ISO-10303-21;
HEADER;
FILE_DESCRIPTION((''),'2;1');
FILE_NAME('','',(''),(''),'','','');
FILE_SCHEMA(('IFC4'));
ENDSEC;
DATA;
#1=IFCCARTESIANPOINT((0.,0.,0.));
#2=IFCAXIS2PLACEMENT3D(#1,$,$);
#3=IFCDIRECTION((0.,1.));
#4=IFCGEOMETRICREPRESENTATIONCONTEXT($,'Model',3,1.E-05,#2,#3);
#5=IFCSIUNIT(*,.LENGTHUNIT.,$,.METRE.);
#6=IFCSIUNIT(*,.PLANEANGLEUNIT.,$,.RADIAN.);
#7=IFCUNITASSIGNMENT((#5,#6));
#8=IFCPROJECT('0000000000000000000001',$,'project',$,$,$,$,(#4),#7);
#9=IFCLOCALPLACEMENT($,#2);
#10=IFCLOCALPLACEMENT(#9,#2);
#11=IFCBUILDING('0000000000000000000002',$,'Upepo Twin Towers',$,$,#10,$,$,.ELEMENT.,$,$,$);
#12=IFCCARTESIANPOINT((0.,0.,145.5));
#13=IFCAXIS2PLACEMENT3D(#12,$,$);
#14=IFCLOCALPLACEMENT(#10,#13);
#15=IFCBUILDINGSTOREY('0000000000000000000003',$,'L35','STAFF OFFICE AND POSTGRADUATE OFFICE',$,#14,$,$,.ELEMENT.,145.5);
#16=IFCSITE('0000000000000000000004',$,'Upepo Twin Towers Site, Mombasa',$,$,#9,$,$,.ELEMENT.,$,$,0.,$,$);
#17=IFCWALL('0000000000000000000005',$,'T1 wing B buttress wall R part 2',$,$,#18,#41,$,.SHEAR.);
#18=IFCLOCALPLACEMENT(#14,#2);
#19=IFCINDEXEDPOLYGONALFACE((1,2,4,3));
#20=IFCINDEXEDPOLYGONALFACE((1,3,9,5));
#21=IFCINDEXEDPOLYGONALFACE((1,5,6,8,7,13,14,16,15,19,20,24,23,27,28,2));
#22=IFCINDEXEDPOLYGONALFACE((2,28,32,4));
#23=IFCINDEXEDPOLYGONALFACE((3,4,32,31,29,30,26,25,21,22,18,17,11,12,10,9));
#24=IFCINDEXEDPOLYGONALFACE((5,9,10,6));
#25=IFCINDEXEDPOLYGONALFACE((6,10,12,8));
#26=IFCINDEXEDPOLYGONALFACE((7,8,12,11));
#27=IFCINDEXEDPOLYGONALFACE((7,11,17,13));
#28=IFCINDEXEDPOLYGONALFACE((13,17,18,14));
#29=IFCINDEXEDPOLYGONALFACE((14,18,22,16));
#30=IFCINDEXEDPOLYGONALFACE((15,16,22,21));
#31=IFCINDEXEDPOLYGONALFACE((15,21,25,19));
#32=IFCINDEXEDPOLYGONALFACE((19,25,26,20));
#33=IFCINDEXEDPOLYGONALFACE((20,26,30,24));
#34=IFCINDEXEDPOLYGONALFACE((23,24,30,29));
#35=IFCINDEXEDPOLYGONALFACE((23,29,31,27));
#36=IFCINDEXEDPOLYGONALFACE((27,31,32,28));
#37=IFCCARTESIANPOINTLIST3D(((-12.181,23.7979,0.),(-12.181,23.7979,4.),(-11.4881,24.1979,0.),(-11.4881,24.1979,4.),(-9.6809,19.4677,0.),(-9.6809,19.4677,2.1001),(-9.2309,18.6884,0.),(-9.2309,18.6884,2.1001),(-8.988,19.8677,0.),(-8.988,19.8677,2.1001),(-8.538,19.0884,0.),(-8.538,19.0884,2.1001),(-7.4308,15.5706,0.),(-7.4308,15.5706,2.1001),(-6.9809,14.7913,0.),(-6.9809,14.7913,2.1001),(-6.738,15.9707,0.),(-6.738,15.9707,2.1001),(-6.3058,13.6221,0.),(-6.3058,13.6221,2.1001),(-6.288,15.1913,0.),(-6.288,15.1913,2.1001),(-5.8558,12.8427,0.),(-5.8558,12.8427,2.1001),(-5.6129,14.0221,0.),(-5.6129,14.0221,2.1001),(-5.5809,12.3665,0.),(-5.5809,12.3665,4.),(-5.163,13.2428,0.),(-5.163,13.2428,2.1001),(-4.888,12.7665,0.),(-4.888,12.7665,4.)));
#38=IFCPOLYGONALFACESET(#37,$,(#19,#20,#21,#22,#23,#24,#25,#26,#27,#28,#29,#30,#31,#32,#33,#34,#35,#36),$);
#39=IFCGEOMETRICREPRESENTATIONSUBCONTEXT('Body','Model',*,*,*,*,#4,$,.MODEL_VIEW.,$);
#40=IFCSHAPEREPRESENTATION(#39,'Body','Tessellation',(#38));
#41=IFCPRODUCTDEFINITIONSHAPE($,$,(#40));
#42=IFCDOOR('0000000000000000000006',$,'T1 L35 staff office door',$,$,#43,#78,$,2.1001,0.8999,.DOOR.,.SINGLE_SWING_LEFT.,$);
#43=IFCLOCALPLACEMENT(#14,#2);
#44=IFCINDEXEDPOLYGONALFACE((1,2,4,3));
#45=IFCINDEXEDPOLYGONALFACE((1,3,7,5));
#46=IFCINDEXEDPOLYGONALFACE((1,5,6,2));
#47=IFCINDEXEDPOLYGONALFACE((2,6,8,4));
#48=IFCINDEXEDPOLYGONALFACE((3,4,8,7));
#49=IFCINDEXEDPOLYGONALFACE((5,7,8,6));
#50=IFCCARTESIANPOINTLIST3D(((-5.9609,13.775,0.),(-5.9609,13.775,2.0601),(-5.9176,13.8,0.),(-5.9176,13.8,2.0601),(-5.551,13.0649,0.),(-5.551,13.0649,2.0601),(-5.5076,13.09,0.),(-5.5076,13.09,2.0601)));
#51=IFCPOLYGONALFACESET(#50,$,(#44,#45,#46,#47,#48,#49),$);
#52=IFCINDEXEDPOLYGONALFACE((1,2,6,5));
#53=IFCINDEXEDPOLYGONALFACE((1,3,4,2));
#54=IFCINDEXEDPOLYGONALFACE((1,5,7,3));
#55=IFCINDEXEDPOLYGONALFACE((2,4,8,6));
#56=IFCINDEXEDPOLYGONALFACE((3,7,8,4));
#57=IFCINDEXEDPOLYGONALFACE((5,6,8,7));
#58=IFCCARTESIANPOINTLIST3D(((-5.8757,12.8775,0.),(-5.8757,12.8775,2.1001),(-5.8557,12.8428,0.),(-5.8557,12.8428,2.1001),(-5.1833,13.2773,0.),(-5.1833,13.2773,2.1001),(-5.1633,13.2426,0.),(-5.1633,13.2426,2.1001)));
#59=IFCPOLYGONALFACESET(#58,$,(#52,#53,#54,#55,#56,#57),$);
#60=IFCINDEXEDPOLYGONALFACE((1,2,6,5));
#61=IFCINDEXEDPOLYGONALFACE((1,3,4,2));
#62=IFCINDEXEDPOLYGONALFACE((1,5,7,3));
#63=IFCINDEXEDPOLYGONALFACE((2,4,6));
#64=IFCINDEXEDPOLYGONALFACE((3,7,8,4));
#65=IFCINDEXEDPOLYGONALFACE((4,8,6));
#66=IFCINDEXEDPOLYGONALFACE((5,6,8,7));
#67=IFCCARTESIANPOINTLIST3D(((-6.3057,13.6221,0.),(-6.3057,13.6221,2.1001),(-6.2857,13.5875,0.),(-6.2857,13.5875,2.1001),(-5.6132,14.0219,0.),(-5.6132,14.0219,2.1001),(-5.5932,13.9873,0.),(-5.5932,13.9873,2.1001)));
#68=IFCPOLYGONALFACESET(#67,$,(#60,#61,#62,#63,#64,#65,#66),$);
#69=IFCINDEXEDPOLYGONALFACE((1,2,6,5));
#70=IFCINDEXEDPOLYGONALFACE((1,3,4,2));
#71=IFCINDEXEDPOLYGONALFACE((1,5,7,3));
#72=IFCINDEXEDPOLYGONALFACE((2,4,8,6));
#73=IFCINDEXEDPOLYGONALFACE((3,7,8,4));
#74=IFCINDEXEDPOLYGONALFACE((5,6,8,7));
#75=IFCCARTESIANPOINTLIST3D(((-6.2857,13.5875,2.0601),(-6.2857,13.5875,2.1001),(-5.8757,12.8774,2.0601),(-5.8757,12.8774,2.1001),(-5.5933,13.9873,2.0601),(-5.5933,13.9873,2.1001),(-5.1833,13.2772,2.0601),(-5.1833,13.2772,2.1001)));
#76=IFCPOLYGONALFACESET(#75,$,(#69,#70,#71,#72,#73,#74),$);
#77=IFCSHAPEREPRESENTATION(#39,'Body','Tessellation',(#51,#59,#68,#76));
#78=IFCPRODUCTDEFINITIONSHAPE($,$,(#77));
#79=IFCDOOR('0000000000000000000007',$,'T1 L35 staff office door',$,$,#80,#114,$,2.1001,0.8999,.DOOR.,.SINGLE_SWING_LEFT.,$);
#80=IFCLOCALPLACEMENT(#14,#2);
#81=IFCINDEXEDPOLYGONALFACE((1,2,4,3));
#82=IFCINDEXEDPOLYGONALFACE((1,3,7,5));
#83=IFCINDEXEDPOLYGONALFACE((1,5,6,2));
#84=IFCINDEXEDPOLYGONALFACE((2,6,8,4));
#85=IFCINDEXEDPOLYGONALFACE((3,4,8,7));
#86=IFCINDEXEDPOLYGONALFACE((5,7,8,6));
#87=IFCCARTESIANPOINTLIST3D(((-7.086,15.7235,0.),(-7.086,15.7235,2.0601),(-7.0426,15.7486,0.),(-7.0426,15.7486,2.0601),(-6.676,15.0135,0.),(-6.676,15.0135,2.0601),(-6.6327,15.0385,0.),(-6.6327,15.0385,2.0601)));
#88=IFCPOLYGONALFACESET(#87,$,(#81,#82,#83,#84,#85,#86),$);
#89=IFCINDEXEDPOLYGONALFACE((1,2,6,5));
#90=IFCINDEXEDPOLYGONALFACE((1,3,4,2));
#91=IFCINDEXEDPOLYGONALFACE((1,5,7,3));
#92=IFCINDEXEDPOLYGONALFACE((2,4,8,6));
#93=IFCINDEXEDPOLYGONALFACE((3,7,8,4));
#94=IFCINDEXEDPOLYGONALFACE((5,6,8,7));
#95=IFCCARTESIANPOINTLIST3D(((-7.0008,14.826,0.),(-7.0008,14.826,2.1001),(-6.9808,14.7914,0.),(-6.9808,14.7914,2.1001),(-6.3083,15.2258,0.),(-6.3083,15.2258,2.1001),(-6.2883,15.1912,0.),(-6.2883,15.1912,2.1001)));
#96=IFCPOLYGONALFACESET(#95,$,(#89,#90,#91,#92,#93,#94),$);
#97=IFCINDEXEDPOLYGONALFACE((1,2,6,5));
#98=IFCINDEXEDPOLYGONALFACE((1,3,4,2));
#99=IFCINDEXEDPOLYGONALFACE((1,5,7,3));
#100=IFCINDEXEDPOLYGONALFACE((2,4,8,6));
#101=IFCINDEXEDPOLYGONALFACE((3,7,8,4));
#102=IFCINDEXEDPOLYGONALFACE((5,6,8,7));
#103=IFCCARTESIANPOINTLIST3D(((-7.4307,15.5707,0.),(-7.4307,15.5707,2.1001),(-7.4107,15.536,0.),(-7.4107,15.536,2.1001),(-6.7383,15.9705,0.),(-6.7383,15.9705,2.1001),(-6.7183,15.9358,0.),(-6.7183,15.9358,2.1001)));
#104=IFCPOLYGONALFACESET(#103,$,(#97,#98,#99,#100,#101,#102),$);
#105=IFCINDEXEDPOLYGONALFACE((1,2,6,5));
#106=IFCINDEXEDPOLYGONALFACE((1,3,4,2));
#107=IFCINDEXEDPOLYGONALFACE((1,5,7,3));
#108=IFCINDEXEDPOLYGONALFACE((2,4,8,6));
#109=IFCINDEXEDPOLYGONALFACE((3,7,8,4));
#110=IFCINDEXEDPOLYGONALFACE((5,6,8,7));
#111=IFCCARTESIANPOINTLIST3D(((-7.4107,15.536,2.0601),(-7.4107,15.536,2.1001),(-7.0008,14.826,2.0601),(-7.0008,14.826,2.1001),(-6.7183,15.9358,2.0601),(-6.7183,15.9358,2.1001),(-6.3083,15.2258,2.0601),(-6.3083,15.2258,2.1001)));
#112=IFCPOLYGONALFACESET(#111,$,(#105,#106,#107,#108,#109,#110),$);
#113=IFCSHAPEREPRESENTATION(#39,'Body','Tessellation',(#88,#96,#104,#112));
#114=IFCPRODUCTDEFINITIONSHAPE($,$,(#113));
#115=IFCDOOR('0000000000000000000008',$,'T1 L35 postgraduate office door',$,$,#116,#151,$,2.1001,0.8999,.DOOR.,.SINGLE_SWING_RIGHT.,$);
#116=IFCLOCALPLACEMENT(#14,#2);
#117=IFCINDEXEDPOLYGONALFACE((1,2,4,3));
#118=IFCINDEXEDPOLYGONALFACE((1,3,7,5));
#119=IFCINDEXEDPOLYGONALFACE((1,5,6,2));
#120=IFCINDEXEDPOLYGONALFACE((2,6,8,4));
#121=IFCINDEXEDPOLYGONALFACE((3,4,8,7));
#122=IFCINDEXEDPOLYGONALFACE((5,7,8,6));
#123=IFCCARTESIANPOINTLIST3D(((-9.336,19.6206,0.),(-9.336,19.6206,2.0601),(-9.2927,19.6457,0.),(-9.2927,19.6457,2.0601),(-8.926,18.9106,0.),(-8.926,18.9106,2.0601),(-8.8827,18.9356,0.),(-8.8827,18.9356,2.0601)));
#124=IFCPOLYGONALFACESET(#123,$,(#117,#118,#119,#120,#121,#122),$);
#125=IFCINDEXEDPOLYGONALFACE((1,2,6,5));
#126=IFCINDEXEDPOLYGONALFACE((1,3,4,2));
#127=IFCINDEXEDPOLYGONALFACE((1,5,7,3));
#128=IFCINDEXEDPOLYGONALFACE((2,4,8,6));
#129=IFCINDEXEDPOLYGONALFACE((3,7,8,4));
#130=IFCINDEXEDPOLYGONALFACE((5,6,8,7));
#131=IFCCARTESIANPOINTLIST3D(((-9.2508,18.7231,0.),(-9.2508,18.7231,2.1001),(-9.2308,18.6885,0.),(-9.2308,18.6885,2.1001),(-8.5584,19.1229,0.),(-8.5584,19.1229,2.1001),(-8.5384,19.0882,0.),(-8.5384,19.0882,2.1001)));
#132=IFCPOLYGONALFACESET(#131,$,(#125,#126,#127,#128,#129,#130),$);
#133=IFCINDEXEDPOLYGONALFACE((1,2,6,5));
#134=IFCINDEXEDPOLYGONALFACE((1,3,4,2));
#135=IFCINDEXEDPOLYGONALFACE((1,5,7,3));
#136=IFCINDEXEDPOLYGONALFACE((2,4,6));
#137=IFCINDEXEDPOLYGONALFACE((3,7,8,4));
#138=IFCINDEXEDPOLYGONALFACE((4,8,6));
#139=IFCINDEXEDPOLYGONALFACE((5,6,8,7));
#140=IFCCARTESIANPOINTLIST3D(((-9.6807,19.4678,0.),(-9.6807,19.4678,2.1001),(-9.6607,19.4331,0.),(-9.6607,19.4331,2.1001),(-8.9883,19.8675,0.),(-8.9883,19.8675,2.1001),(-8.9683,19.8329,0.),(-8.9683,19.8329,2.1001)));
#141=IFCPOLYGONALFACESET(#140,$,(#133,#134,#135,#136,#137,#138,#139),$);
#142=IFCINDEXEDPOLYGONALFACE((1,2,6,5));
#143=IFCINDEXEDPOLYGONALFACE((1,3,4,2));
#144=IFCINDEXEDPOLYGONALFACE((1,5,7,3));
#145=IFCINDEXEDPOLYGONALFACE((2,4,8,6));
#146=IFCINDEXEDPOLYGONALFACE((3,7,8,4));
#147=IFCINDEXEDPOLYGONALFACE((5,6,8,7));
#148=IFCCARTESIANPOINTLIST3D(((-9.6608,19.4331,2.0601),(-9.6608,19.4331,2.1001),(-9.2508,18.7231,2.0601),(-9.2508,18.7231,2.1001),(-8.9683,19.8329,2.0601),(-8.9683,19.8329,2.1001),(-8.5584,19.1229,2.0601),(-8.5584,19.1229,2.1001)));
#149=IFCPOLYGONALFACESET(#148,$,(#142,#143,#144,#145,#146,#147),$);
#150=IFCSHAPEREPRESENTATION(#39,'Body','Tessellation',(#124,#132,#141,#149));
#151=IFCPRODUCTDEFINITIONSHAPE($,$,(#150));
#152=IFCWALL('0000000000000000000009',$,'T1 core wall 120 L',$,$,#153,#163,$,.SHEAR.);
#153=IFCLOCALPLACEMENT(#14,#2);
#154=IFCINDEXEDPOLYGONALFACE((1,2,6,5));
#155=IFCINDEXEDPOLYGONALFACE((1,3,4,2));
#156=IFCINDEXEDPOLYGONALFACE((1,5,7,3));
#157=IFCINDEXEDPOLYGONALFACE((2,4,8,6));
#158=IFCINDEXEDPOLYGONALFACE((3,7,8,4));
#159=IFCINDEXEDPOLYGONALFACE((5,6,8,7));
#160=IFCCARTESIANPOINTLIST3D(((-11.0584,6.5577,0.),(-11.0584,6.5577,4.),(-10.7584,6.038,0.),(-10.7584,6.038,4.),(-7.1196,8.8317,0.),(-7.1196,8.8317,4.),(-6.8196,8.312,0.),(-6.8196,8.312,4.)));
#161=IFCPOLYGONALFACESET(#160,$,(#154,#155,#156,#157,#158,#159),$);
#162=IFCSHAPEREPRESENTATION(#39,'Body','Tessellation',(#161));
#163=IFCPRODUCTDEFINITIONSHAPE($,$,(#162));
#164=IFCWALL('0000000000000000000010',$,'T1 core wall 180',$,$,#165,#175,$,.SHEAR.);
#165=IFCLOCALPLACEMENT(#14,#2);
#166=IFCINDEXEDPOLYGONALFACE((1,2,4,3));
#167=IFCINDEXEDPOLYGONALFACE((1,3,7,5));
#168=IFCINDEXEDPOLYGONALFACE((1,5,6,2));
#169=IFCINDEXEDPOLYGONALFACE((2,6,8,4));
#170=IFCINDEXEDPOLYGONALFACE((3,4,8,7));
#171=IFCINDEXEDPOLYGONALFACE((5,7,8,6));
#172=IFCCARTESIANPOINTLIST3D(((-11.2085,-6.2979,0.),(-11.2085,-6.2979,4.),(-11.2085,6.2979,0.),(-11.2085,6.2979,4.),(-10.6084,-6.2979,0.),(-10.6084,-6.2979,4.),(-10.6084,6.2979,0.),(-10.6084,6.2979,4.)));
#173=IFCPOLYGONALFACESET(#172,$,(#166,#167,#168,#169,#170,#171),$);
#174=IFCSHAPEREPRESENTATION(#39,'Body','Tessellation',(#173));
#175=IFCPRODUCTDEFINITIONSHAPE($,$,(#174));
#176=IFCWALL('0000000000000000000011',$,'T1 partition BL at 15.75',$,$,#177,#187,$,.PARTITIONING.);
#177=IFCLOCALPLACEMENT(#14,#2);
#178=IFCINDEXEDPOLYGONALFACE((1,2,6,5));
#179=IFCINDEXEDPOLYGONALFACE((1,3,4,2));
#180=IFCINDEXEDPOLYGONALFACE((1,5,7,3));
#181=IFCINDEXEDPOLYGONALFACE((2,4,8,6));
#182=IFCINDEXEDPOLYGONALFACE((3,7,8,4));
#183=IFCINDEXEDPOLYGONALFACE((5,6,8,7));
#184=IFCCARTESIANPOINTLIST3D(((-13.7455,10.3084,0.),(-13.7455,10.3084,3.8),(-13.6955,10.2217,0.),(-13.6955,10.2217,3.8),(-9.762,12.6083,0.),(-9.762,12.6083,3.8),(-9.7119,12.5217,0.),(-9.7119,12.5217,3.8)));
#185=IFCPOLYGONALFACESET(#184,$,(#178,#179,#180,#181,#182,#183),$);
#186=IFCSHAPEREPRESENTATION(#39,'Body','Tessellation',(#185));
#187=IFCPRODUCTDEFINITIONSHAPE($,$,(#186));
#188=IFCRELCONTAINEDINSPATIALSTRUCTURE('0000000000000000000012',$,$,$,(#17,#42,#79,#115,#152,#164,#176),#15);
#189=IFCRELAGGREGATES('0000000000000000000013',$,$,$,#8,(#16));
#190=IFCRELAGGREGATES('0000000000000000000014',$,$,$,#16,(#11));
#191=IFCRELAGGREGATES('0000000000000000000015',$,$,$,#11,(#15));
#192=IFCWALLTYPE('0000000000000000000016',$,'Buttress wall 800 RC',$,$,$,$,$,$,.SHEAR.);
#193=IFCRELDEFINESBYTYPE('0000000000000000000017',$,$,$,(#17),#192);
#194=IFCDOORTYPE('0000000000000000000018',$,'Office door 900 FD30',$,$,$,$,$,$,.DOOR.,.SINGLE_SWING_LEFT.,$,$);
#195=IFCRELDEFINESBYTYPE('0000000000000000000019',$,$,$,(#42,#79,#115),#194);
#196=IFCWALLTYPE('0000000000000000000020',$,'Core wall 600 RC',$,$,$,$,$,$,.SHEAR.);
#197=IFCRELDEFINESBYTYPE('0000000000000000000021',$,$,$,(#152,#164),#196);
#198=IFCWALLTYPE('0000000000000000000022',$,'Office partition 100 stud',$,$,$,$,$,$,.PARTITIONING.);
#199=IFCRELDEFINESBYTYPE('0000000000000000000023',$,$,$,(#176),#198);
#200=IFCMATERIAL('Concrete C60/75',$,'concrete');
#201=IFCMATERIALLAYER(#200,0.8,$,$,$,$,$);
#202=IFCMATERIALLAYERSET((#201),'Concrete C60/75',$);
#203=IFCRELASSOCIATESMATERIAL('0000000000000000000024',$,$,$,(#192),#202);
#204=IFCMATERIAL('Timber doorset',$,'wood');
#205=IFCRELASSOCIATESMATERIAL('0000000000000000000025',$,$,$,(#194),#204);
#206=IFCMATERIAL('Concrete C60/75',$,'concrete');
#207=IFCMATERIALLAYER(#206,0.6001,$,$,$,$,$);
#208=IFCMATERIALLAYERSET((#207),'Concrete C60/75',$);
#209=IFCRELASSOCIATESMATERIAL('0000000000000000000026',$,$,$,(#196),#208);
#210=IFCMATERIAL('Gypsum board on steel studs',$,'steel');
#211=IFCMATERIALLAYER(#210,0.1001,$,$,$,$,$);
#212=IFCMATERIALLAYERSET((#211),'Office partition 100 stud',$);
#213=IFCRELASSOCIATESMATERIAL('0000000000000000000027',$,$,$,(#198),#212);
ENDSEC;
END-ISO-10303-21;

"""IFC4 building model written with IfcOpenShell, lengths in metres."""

from ifc_helpers import new_model, si_unit, direction, frame, frame_2d, origin, place, context, subcontext, project, spatial, rectangle, extrude, material, layer, layer_set, type_object, element, fill, save


model = new_model("IFC4")

# Units and contexts
model_context = context("Model", 3, precision=1e-05, world=origin(), true_north=direction((0.0, 1.0)))
body_context = subcontext(model_context, "Body", "Model", "MODEL_VIEW")
ifc_project = project(units=[si_unit("LENGTHUNIT", "METRE"), si_unit("PLANEANGLEUNIT", "RADIAN")], contexts=[model_context])

# Site, building, storey
site_placement = place(None, origin())
site = spatial("IfcSite", under=ifc_project, at=site_placement, Name="Upepo Twin Towers Site, Mombasa", CompositionType="ELEMENT", RefElevation=0.0)
building_placement = place(site_placement, origin())
building = spatial("IfcBuilding", under=site, at=building_placement, Name="Upepo Twin Towers", CompositionType="ELEMENT")
storey_placement = place(building_placement, frame((0.0, 0.0, 145.5)))
storey = spatial("IfcBuildingStorey", under=building, at=storey_placement, Name="L35", Description="STAFF OFFICE AND POSTGRADUATE OFFICE", CompositionType="ELEMENT", Elevation=145.5)

# Wall, openings, doors
ifc_material_1 = material(Name="Concrete C60/75", Category="concrete")
ifc_layer_1 = layer(ifc_material_1, 0.8)
ifc_layer_set_1 = layer_set([ifc_layer_1], Name="Concrete C60/75")
wall_type_1 = type_object("IfcWallType", Name="Buttress wall 800 RC", PredefinedType="SHEAR", material=ifc_layer_set_1)
ifc_material_2 = material(Name="Timber doorset", Category="wood")
door_type_1 = type_object("IfcDoorType", Name="Office door 900 FD30", OperationType="SINGLE_SWING_LEFT", PredefinedType="DOOR", material=ifc_material_2)
wall_1_placement = place(storey_placement, frame((-5.2344, 12.5664, 0.0), z_axis=(0.0, 0.0, 1.0), x_axis=(-0.50001, 0.86602, 0.0)))
wall_1 = element("IfcWall", 1, at=wall_1_placement, inside=storey, type_object=wall_type_1, Name="T1 wing B buttress wall R part 2", PredefinedType="SHEAR", context=body_context, shape_type="SweptSolid", body=[
    extrude(rectangle(XDim=13.2, YDim=0.8, at=frame_2d((6.6001, 0.0))), origin(), (0.0, 0.0, 1.0), 4.0),
])
opening_1_placement = place(wall_1_placement, frame((0.55, 0.0, 0.0)))
opening_1 = element("IfcOpeningElement", 2, at=opening_1_placement, cuts=wall_1, PredefinedType="OPENING", context=body_context, shape_type="SweptSolid", body=[
    extrude(rectangle(XDim=0.8999, YDim=2.1001, at=frame_2d((0.45, 1.05))), frame((0.0, 0.4099, 0.0), z_axis=(0.0, -1.0, 0.0), x_axis=(1.0, 0.0, 0.0)), (0.0, 0.0, 1.0), 0.8201),
])
opening_2_placement = place(wall_1_placement, frame((2.8, 0.0, 0.0)))
opening_2 = element("IfcOpeningElement", 3, at=opening_2_placement, cuts=wall_1, PredefinedType="OPENING", context=body_context, shape_type="SweptSolid", body=[
    extrude(rectangle(XDim=0.8999, YDim=2.1001, at=frame_2d((0.45, 1.05))), frame((0.0, 0.4099, 0.0), z_axis=(0.0, -1.0, 0.0), x_axis=(1.0, 0.0, 0.0)), (0.0, 0.0, 1.0), 0.8201),
])
opening_3_placement = place(wall_1_placement, frame((7.3, 0.0, 0.0)))
opening_3 = element("IfcOpeningElement", 4, at=opening_3_placement, cuts=wall_1, PredefinedType="OPENING", context=body_context, shape_type="SweptSolid", body=[
    extrude(rectangle(XDim=0.8999, YDim=2.1001, at=frame_2d((0.45, 1.05))), frame((0.0, 0.4099, 0.0), z_axis=(0.0, -1.0, 0.0), x_axis=(1.0, 0.0, 0.0)), (0.0, 0.0, 1.0), 0.8201),
])
door_1_placement = place(opening_1_placement, origin())
door_1 = element("IfcDoor", 5, at=door_1_placement, inside=storey, type_object=door_type_1, Name="T1 L35 staff office door", OperationType="SINGLE_SWING_LEFT", OverallHeight=2.1001, OverallWidth=0.8999, PredefinedType="DOOR", context=body_context, shape_type="SweptSolid", body=[
    extrude(rectangle(XDim=0.8199, YDim=2.0601, at=frame_2d((0.45, 1.03))), frame((0.0, 0.0249, 0.0), z_axis=(0.0, -1.0, 0.0), x_axis=(1.0, 0.0, 0.0)), (0.0, 0.0, 1.0), 0.05),
    extrude(rectangle(XDim=0.04, YDim=2.1001, at=frame_2d((0.02, 1.05))), frame((0.0, 0.3999, 0.0), z_axis=(0.0, -1.0, 0.0), x_axis=(1.0, 0.0, 0.0)), (0.0, 0.0, 1.0), 0.7996),
    extrude(rectangle(XDim=0.04, YDim=2.1001, at=frame_2d((0.8799, 1.05))), frame((0.0, 0.3999, 0.0), z_axis=(0.0, -1.0, 0.0), x_axis=(1.0, 0.0, 0.0)), (0.0, 0.0, 1.0), 0.7996),
    extrude(rectangle(XDim=0.8199, YDim=0.04, at=frame_2d((0.45, 2.0801))), frame((0.0, 0.3999, 0.0), z_axis=(0.0, -1.0, 0.0), x_axis=(1.0, 0.0, 0.0)), (0.0, 0.0, 1.0), 0.7996),
])
fill(opening_1, door_1)
door_2_placement = place(opening_2_placement, origin())
door_2 = element("IfcDoor", 6, at=door_2_placement, inside=storey, type_object=door_type_1, Name="T1 L35 staff office door", OperationType="SINGLE_SWING_LEFT", OverallHeight=2.1001, OverallWidth=0.8999, PredefinedType="DOOR", context=body_context, shape_type="SweptSolid", body=[
    extrude(rectangle(XDim=0.8199, YDim=2.0601, at=frame_2d((0.45, 1.03))), frame((0.0, 0.0249, 0.0), z_axis=(0.0, -1.0, 0.0), x_axis=(1.0, 0.0, 0.0)), (0.0, 0.0, 1.0), 0.05),
    extrude(rectangle(XDim=0.04, YDim=2.1001, at=frame_2d((0.02, 1.05))), frame((0.0, 0.3999, 0.0), z_axis=(0.0, -1.0, 0.0), x_axis=(1.0, 0.0, 0.0)), (0.0, 0.0, 1.0), 0.7996),
    extrude(rectangle(XDim=0.04, YDim=2.1001, at=frame_2d((0.8799, 1.05))), frame((0.0, 0.3999, 0.0), z_axis=(0.0, -1.0, 0.0), x_axis=(1.0, 0.0, 0.0)), (0.0, 0.0, 1.0), 0.7996),
    extrude(rectangle(XDim=0.8199, YDim=0.04, at=frame_2d((0.45, 2.0801))), frame((0.0, 0.3999, 0.0), z_axis=(0.0, -1.0, 0.0), x_axis=(1.0, 0.0, 0.0)), (0.0, 0.0, 1.0), 0.7996),
])
fill(opening_2, door_2)
door_3_placement = place(opening_3_placement, origin())
door_3 = element("IfcDoor", 7, at=door_3_placement, inside=storey, type_object=door_type_1, Name="T1 L35 postgraduate office door", OperationType="SINGLE_SWING_RIGHT", OverallHeight=2.1001, OverallWidth=0.8999, PredefinedType="DOOR", context=body_context, shape_type="SweptSolid", body=[
    extrude(rectangle(XDim=0.8199, YDim=2.0601, at=frame_2d((0.45, 1.03))), frame((0.0, 0.0249, 0.0), z_axis=(0.0, -1.0, 0.0), x_axis=(1.0, 0.0, 0.0)), (0.0, 0.0, 1.0), 0.05),
    extrude(rectangle(XDim=0.04, YDim=2.1001, at=frame_2d((0.02, 1.05))), frame((0.0, 0.3999, 0.0), z_axis=(0.0, -1.0, 0.0), x_axis=(1.0, 0.0, 0.0)), (0.0, 0.0, 1.0), 0.7996),
    extrude(rectangle(XDim=0.04, YDim=2.1001, at=frame_2d((0.8799, 1.05))), frame((0.0, 0.3999, 0.0), z_axis=(0.0, -1.0, 0.0), x_axis=(1.0, 0.0, 0.0)), (0.0, 0.0, 1.0), 0.7996),
    extrude(rectangle(XDim=0.8199, YDim=0.04, at=frame_2d((0.45, 2.0801))), frame((0.0, 0.3999, 0.0), z_axis=(0.0, -1.0, 0.0), x_axis=(1.0, 0.0, 0.0)), (0.0, 0.0, 1.0), 0.7996),
])
fill(opening_3, door_3)

# Walls
ifc_material_3 = material(Name="Concrete C60/75", Category="concrete")
ifc_layer_2 = layer(ifc_material_3, 0.6001)
ifc_layer_set_2 = layer_set([ifc_layer_2], Name="Concrete C60/75")
wall_type_2 = type_object("IfcWallType", Name="Core wall 600 RC", PredefinedType="SHEAR", material=ifc_layer_set_2)
wall_2_placement = place(storey_placement, frame((-6.9697, 8.5718, 0.0), z_axis=(0.0, 0.0, 1.0), x_axis=(-0.866035, -0.499984, 0.0)))
element("IfcWall", 8, at=wall_2_placement, inside=storey, type_object=wall_type_2, Name="T1 core wall 120 L", PredefinedType="SHEAR", context=body_context, shape_type="SweptSolid", body=[
    extrude(rectangle(XDim=4.5481, YDim=0.6001, at=frame_2d((2.2739, 0.0))), origin(), (0.0, 0.0, 1.0), 4.0),
])
wall_3_placement = place(storey_placement, frame((-10.9084, 6.2979, 0.0), z_axis=(0.0, 0.0, 1.0), x_axis=(0.0, -1.0, 0.0)))
element("IfcWall", 9, at=wall_3_placement, inside=storey, type_object=wall_type_2, Name="T1 core wall 180", PredefinedType="SHEAR", context=body_context, shape_type="SweptSolid", body=[
    extrude(rectangle(XDim=12.5957, YDim=0.6001, at=frame_2d((6.2979, 0.0))), origin(), (0.0, 0.0, 1.0), 4.0),
])
ifc_material_4 = material(Name="Gypsum board on steel studs", Category="steel")
ifc_layer_3 = layer(ifc_material_4, 0.1001)
ifc_layer_set_3 = layer_set([ifc_layer_3], Name="Office partition 100 stud")
wall_type_3 = type_object("IfcWallType", Name="Office partition 100 stud", PredefinedType="PARTITIONING", material=ifc_layer_set_3)
wall_4_placement = place(storey_placement, frame((-9.7371, 12.5649, 0.0), z_axis=(0.0, 0.0, 1.0), x_axis=(-0.866017, -0.500015, 0.0)))
element("IfcWall", 10, at=wall_4_placement, inside=storey, type_object=wall_type_3, Name="T1 partition BL at 15.75", PredefinedType="PARTITIONING", context=body_context, shape_type="SweptSolid", body=[
    extrude(rectangle(XDim=4.5999, YDim=0.1001, at=frame_2d((2.2998, 0.0))), origin(), (0.0, 0.0, 1.0), 3.8),
])

save(model, "model.ifc")
